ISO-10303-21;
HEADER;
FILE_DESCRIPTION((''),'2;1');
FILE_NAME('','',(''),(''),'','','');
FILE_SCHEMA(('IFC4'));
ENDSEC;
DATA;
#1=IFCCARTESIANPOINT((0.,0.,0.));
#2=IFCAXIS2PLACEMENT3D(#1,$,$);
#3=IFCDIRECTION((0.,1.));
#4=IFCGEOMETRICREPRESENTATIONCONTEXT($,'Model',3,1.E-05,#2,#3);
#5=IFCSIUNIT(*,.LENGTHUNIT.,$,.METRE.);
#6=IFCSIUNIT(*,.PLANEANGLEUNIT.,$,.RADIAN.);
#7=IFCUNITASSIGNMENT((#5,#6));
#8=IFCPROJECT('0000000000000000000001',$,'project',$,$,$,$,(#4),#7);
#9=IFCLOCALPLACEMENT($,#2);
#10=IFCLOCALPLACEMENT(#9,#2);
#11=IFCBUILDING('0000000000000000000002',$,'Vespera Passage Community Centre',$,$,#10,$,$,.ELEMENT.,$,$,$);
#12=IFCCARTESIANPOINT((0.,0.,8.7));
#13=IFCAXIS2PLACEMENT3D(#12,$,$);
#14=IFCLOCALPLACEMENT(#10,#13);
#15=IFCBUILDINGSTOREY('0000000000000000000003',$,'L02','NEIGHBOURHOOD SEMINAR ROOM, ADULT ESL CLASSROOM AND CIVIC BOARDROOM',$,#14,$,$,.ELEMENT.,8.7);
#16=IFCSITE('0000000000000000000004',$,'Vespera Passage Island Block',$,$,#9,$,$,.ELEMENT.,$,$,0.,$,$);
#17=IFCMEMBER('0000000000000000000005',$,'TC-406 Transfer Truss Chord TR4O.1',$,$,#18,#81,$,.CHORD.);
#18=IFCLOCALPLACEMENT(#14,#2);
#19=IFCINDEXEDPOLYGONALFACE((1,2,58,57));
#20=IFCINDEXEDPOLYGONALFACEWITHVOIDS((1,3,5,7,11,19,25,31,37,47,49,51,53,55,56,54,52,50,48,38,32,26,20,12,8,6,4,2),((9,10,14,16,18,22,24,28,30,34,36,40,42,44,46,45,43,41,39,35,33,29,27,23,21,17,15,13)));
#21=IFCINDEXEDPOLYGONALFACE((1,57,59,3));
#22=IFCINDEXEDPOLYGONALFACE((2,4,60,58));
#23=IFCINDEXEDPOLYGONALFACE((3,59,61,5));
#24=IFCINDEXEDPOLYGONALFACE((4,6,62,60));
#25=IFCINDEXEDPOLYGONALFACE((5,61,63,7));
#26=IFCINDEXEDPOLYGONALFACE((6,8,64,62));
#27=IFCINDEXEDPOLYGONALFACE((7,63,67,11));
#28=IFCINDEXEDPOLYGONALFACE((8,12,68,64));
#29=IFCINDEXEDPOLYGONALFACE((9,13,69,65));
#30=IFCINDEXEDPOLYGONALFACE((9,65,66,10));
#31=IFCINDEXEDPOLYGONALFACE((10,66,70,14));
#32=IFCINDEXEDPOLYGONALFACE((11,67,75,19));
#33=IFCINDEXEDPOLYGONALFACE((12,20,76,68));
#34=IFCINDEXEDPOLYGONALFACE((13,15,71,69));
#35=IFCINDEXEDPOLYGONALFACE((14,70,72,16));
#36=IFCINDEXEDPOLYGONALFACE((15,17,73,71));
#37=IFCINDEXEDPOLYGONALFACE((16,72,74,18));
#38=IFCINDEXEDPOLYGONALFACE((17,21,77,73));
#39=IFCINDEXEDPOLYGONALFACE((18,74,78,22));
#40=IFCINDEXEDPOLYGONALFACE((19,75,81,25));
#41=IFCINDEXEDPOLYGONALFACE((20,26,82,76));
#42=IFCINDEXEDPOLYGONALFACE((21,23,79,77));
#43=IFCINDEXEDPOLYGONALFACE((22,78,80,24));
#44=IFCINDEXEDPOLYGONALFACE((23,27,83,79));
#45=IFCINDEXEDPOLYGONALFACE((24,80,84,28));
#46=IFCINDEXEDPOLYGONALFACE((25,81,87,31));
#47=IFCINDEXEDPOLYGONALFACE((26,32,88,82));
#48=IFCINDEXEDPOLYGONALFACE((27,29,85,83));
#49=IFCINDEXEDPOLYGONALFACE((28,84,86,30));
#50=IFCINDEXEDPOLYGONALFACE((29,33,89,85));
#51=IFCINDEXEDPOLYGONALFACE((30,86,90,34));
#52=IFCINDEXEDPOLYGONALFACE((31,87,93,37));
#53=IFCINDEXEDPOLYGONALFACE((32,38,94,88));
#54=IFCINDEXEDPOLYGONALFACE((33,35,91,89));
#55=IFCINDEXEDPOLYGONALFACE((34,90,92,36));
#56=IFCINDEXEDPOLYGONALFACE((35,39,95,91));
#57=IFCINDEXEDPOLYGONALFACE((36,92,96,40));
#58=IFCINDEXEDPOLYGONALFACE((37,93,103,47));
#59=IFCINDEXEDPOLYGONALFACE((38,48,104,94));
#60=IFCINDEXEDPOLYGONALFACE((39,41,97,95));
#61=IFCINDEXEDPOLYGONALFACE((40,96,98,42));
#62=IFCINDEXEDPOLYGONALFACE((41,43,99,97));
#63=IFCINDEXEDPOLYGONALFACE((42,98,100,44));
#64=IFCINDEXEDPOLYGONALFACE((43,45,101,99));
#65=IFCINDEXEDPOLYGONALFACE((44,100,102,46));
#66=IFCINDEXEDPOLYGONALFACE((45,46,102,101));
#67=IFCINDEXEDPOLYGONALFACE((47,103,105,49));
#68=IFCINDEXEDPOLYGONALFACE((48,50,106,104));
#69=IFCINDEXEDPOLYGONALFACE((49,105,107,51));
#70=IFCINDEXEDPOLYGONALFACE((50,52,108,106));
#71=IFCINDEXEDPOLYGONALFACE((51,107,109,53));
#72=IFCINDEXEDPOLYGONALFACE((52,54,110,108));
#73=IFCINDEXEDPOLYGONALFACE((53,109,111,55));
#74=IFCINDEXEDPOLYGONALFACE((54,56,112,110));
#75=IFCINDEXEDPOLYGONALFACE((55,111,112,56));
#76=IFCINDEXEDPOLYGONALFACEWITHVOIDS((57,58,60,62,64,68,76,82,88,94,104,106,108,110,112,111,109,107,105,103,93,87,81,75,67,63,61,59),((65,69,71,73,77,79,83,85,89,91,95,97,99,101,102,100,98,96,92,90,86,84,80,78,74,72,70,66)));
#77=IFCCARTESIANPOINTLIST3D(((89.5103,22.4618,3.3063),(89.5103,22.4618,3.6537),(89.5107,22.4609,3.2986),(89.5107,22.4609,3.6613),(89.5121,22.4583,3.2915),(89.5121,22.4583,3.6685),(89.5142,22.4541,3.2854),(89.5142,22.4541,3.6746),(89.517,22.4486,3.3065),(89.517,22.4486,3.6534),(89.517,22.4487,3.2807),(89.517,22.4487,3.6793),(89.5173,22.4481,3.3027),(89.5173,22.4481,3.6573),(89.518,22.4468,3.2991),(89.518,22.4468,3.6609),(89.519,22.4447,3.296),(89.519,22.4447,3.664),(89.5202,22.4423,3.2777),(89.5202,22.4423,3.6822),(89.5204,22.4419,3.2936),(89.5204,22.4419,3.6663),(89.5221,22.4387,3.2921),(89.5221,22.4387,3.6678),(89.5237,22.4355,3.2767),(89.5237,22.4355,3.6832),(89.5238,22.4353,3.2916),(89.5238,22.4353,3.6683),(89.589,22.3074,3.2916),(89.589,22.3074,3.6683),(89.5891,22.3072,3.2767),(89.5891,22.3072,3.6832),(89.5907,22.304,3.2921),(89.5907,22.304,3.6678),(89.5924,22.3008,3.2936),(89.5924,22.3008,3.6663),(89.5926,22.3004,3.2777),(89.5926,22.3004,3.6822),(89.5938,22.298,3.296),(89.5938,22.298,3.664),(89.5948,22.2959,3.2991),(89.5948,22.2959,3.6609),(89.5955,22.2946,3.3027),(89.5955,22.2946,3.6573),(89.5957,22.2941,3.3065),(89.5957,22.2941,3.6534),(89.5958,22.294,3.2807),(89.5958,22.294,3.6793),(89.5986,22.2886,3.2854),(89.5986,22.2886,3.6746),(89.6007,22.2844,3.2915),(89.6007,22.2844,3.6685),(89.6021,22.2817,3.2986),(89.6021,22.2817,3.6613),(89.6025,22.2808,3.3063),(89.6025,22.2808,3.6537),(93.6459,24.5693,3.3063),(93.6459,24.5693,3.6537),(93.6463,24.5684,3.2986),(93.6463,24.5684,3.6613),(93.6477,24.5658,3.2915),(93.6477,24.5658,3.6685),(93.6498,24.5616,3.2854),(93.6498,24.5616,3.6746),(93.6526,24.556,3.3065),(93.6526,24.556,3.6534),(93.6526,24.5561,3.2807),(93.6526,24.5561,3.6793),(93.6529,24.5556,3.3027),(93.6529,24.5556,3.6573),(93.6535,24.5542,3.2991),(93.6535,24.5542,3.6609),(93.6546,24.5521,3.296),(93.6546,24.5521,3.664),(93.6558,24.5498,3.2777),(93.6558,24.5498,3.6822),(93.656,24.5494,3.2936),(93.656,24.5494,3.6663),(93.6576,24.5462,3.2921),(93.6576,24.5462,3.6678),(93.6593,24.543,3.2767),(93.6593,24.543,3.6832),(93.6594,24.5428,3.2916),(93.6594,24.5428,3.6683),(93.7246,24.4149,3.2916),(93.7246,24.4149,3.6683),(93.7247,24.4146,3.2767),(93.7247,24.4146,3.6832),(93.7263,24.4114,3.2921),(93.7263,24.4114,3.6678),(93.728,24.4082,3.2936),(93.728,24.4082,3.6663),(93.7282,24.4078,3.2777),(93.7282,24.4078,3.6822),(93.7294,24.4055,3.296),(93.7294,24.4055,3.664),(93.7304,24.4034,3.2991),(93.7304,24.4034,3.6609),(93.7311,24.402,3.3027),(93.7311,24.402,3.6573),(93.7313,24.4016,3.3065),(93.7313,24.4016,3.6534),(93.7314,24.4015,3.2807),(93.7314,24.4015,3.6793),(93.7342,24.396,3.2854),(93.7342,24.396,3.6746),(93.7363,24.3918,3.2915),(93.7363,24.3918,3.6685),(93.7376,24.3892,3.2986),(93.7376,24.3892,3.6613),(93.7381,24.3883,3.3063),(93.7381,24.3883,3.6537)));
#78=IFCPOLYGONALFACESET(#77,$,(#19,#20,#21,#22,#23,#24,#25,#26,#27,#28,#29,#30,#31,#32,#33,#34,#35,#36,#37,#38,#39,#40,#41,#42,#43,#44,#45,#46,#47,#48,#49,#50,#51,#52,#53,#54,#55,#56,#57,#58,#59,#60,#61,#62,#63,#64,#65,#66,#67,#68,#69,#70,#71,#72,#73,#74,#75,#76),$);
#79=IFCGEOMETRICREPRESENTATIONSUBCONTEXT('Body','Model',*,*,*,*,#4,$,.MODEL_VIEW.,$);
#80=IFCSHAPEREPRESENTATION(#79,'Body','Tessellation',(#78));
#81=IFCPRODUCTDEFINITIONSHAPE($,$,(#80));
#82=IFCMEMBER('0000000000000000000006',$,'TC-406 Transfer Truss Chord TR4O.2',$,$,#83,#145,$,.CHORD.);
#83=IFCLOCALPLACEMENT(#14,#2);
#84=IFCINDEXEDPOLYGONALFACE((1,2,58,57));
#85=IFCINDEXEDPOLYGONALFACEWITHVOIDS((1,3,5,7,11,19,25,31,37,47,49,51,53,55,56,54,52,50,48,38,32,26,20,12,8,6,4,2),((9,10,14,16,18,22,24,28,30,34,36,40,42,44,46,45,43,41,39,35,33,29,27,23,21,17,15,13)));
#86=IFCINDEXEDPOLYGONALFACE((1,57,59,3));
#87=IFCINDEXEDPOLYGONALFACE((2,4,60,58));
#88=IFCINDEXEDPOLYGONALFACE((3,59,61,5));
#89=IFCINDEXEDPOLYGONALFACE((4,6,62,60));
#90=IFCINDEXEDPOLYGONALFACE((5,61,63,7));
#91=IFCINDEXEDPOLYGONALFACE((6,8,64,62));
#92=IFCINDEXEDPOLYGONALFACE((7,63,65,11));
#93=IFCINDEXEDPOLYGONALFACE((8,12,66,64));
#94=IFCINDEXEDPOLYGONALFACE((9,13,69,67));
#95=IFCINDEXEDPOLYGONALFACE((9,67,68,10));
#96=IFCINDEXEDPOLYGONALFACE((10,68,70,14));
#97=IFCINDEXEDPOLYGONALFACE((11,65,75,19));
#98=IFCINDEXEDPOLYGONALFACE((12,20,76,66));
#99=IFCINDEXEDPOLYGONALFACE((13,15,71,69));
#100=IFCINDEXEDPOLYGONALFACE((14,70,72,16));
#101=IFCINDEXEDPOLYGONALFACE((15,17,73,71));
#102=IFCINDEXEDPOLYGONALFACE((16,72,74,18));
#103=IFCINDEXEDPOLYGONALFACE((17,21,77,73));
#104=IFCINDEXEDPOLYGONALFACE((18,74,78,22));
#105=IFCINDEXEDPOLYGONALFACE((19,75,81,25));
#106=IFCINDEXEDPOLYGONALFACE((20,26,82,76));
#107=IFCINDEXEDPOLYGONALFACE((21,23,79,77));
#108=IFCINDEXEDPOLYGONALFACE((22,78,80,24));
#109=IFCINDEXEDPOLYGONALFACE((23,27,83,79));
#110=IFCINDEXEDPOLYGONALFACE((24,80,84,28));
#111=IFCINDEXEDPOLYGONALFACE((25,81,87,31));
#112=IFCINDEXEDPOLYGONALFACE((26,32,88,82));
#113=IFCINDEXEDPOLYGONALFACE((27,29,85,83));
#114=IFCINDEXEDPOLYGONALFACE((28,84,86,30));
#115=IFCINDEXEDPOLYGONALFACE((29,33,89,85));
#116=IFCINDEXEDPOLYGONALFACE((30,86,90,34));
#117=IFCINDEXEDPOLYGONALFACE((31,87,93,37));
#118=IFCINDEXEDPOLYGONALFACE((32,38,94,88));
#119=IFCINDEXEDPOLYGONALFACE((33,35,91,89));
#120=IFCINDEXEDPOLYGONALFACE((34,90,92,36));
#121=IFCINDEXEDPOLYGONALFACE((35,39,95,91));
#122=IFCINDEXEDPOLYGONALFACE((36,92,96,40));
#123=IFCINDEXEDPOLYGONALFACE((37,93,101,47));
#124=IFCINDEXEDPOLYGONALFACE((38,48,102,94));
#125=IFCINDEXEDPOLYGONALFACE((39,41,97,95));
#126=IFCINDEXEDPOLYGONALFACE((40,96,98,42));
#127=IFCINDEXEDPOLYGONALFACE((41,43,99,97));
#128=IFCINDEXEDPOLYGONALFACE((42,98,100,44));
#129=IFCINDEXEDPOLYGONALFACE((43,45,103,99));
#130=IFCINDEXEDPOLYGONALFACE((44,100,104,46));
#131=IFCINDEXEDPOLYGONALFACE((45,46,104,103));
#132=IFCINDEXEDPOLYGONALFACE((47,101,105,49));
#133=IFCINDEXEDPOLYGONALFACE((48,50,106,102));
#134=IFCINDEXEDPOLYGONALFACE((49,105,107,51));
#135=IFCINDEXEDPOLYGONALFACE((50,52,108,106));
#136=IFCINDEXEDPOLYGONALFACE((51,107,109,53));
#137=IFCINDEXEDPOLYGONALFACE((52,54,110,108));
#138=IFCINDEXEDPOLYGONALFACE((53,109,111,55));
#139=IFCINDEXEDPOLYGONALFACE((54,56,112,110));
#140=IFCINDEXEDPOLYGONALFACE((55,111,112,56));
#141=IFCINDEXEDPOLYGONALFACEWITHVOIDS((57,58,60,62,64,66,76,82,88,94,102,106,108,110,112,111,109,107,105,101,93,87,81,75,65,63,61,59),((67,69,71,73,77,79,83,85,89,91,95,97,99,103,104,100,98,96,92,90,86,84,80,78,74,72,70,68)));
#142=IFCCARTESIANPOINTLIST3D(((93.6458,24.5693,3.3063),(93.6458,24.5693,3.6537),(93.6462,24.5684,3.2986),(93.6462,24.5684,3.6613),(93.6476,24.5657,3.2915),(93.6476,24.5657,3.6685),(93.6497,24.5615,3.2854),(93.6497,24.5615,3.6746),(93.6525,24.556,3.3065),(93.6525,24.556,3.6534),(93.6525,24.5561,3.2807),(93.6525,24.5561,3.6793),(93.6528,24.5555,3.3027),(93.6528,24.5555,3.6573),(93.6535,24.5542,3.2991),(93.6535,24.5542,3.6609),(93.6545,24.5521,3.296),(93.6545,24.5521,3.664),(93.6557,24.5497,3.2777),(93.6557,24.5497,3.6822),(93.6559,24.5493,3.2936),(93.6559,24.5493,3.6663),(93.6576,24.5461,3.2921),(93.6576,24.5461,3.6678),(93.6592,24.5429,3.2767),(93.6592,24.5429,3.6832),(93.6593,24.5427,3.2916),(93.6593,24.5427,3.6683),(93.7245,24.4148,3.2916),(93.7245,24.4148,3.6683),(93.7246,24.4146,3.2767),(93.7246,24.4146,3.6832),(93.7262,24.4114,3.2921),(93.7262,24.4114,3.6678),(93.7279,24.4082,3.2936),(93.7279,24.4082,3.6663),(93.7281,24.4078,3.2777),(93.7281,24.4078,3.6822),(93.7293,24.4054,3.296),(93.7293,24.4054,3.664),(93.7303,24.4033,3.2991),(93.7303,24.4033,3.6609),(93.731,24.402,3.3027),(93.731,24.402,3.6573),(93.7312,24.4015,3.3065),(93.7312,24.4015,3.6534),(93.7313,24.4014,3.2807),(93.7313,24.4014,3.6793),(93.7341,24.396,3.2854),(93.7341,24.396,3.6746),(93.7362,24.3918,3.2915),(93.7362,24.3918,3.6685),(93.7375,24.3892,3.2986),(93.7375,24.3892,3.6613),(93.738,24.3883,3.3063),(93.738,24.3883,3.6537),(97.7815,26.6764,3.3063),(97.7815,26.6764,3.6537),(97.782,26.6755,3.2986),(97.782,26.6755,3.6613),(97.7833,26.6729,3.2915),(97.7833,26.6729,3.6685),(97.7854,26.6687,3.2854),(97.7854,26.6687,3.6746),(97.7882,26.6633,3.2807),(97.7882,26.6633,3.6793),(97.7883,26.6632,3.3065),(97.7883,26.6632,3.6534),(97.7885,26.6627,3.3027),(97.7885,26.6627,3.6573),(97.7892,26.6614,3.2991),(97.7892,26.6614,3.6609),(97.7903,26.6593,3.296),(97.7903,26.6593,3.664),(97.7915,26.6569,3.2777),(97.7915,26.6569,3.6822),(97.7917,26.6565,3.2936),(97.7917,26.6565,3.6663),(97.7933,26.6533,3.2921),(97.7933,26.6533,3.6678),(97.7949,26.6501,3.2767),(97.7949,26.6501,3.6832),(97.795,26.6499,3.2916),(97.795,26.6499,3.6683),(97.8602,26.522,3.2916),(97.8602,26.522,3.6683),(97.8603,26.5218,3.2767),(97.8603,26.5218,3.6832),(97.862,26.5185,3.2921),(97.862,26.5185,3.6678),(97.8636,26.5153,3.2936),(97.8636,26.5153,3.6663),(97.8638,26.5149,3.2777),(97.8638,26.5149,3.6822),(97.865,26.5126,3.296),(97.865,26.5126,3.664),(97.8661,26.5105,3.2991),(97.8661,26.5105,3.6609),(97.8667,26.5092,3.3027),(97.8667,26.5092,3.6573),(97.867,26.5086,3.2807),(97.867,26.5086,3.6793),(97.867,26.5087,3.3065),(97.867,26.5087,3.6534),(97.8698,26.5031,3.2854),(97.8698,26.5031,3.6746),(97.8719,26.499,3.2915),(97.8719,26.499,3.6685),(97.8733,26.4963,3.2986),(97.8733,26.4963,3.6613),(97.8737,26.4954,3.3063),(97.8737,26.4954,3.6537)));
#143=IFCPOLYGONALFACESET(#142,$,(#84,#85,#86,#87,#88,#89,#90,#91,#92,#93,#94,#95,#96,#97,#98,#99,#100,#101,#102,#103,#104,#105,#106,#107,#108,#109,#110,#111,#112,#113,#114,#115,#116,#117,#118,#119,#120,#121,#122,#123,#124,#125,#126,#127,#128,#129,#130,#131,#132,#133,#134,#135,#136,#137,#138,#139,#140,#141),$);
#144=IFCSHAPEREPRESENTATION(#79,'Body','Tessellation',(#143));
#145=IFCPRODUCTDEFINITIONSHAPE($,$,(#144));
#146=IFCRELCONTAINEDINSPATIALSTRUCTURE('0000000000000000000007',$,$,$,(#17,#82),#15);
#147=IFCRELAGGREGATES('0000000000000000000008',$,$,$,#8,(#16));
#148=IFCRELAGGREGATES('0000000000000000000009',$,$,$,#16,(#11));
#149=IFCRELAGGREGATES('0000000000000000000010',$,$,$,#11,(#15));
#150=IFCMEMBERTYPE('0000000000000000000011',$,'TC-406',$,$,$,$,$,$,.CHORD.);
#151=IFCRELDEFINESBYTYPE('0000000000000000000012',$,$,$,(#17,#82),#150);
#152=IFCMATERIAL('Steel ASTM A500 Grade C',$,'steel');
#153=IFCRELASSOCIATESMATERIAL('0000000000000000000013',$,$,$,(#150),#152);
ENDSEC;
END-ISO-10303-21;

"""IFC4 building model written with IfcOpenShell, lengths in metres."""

from ifc_helpers import new_model, si_unit, direction, frame, origin, origin_2d, place, context, subcontext, project, spatial, hollow_rectangle, extrude, material, material_profile, profile_set, type_object, element, save


model = new_model("IFC4")

# Units and contexts
model_context = context("Model", 3, precision=1e-05, world=origin(), true_north=direction((0.0, 1.0)))
body_context = subcontext(model_context, "Body", "Model", "MODEL_VIEW")
ifc_project = project(units=[si_unit("LENGTHUNIT", "METRE"), si_unit("PLANEANGLEUNIT", "RADIAN")], contexts=[model_context])

# Site, building, storey
site_placement = place(None, origin())
site = spatial("IfcSite", under=ifc_project, at=site_placement, Name="Vespera Passage Island Block", CompositionType="ELEMENT", RefElevation=0.0)
building_placement = place(site_placement, origin())
building = spatial("IfcBuilding", under=site, at=building_placement, Name="Vespera Passage Community Centre", CompositionType="ELEMENT")
storey_placement = place(building_placement, frame((0.0, 0.0, 8.7)))
storey = spatial("IfcBuildingStorey", under=building, at=storey_placement, Name="L02", Description="NEIGHBOURHOOD SEMINAR ROOM, ADULT ESL CLASSROOM AND CIVIC BOARDROOM", CompositionType="ELEMENT", Elevation=8.7)

# Members
ifc_material_1 = material(Name="Steel ASTM A500 Grade C", Category="steel")
ifc_material_profile_1 = material_profile(ifc_material_1, hollow_rectangle(XDim=0.2031, YDim=0.4065, WallThickness=0.0149, InnerFilletRadius=0.0149, OuterFilletRadius=0.0295, at=origin_2d()), Name="HSS406X203X15.9")
ifc_profile_set_1 = profile_set([ifc_material_profile_1], Name="Steel ASTM A500 Grade C")
member_type_1 = type_object("IfcMemberType", Name="TC-406", PredefinedType="CHORD", material=ifc_profile_set_1)
for number, where, z_axis, x_axis, name in (
    (1, (89.5564, 22.3713, 3.48), (0.890982, 0.454038, 0.0), (-0.454038, 0.890982, 0.0), "TC-406 Transfer Truss Chord TR4O.1"),
    (2, (93.6919, 24.4788, 3.48), (0.891014, 0.453975, 0.0), (-0.453975, 0.891014, 0.0), "TC-406 Transfer Truss Chord TR4O.2"),
):
    element("IfcMember", number, at=place(storey_placement, frame(where, z_axis=z_axis, x_axis=x_axis)), inside=storey, type_object=member_type_1, Name=name, PredefinedType="CHORD", context=body_context, shape_type="SweptSolid", body=[
        extrude(hollow_rectangle(XDim=0.2031, YDim=0.4065, WallThickness=0.0149, InnerFilletRadius=0.0149, OuterFilletRadius=0.0295, at=origin_2d()), origin(), (0.0, 0.0, 1.0), 4.6416),
    ])

save(model, "model.ifc")
